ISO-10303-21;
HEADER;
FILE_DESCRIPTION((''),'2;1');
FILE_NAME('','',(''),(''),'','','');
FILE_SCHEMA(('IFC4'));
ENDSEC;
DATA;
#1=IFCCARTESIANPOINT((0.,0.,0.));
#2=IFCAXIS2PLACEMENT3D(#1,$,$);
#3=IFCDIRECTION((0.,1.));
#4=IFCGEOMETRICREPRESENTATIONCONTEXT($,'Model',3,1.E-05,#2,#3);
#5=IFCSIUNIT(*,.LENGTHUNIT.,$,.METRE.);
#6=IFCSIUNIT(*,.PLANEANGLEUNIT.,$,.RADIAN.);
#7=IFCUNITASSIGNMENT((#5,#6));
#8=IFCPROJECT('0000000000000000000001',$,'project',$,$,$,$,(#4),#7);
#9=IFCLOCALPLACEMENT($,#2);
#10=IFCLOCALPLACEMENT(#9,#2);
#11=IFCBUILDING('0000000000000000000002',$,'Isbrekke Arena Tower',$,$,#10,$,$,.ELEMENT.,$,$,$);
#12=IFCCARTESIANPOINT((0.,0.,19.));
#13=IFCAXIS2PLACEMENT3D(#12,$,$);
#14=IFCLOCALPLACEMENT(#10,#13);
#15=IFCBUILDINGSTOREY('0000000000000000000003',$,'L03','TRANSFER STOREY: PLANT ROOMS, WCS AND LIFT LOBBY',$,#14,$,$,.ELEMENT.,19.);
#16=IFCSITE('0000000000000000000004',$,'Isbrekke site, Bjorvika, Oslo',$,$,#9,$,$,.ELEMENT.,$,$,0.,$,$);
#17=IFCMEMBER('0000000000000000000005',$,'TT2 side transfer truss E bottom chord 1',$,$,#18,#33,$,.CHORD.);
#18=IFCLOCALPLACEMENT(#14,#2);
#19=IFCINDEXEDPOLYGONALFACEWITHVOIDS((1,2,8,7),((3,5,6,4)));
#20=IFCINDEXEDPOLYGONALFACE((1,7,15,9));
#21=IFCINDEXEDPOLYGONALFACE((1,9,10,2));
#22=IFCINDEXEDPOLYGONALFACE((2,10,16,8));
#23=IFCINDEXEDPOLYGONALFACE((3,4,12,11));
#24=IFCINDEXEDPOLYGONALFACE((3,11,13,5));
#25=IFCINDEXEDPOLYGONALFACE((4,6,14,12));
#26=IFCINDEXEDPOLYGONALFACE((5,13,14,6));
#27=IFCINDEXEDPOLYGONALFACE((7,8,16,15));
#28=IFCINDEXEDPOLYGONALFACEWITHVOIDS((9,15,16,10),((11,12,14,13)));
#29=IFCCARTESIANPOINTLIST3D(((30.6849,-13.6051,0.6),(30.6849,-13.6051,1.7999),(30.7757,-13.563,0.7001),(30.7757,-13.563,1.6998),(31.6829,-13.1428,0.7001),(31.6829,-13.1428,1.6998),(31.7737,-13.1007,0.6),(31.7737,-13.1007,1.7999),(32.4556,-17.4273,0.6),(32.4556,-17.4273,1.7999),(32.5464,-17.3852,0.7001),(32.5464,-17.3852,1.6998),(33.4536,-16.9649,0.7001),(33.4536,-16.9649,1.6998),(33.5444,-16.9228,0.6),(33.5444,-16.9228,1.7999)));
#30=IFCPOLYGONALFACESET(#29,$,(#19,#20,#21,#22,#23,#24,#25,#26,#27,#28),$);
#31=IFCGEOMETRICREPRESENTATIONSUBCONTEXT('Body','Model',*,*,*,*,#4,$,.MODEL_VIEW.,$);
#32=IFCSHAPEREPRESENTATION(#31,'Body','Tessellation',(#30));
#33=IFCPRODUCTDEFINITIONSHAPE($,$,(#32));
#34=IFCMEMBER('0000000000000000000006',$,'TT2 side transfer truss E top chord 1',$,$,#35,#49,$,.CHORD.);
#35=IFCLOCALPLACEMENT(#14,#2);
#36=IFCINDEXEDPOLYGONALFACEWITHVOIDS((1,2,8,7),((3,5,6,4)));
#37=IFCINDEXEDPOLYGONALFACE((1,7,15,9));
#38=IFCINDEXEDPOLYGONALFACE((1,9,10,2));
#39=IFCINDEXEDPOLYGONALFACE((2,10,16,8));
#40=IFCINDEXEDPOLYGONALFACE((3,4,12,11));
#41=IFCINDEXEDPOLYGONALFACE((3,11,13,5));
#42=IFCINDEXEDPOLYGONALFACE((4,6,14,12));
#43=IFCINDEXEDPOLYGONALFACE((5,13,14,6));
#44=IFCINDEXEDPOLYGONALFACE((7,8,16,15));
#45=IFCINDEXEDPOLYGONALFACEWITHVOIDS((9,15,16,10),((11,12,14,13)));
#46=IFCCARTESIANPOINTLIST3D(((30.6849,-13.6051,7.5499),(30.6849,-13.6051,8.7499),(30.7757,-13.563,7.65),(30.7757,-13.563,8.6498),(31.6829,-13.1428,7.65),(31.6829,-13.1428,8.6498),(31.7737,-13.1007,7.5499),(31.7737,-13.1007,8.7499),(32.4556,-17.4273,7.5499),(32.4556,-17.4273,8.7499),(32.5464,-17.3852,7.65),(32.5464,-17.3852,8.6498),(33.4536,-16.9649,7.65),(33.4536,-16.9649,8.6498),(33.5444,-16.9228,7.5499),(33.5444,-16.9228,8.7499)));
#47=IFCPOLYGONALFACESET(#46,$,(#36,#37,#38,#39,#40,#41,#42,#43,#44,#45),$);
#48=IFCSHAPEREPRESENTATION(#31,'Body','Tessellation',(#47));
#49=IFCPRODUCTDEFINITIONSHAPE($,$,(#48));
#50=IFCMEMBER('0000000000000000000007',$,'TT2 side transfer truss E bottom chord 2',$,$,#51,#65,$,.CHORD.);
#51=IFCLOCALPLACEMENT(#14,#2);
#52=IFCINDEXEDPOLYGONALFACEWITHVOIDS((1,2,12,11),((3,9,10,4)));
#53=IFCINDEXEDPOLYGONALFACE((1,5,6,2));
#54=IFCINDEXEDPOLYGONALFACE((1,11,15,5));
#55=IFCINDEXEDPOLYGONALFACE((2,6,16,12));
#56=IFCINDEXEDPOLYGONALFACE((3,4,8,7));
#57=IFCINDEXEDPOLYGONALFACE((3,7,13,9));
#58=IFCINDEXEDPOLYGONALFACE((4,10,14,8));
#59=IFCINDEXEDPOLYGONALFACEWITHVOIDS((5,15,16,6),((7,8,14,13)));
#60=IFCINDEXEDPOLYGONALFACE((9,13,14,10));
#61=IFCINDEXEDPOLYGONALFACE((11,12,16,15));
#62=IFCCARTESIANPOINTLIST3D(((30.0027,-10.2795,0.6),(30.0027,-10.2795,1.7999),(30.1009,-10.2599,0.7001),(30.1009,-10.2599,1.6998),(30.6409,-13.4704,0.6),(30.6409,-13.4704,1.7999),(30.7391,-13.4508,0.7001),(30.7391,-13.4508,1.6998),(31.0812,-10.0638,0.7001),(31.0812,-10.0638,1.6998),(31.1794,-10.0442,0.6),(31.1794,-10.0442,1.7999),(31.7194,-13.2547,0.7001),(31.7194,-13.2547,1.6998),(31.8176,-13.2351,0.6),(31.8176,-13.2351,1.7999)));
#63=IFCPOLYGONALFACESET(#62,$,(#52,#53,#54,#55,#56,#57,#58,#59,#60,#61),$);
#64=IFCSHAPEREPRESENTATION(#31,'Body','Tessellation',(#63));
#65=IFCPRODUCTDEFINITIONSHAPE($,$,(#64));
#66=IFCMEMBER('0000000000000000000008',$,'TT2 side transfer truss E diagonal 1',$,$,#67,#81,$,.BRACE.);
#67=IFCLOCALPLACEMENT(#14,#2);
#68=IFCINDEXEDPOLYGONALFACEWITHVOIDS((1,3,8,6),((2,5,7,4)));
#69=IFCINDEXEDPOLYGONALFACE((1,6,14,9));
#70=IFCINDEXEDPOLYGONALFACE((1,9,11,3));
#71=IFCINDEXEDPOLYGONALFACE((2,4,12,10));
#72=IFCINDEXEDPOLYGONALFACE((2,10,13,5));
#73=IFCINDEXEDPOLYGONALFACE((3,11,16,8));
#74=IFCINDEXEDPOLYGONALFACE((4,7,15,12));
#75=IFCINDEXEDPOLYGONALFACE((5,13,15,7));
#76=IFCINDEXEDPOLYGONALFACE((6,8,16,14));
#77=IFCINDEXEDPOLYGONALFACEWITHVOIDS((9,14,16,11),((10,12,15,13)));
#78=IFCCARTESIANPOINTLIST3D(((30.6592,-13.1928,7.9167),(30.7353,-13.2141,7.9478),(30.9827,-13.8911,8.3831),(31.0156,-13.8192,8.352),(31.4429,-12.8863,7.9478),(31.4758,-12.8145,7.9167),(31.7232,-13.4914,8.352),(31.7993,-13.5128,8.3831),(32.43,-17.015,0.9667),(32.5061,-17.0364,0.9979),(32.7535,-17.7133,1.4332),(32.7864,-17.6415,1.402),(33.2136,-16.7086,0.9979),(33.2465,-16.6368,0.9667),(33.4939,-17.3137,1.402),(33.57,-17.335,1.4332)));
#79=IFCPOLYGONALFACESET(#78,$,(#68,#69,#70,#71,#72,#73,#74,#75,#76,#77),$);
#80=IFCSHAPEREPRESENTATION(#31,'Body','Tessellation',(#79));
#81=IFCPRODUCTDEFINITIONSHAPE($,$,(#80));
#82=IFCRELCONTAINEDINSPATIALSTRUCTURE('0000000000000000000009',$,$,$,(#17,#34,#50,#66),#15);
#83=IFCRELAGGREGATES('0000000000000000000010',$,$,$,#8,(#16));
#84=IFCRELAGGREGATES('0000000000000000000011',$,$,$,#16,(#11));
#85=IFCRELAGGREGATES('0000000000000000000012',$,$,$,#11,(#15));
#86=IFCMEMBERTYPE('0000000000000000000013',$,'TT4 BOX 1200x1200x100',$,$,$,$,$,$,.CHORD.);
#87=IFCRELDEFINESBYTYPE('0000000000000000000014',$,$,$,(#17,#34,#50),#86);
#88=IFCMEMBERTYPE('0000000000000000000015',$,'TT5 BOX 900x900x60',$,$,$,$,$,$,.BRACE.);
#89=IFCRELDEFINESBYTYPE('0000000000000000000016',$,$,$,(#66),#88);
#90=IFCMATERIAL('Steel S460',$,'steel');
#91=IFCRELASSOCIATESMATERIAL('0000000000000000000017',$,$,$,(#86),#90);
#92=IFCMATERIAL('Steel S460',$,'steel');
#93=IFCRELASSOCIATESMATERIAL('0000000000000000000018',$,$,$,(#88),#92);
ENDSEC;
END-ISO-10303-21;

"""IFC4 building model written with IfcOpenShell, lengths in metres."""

from ifc_helpers import new_model, si_unit, direction, frame, origin, origin_2d, place, context, subcontext, project, spatial, hollow_rectangle, extrude, material, material_profile, profile_set, type_object, element, save


model = new_model("IFC4")

# Units and contexts
model_context = context("Model", 3, precision=1e-05, world=origin(), true_north=direction((0.0, 1.0)))
body_context = subcontext(model_context, "Body", "Model", "MODEL_VIEW")
ifc_project = project(units=[si_unit("LENGTHUNIT", "METRE"), si_unit("PLANEANGLEUNIT", "RADIAN")], contexts=[model_context])

# Site, building, storey
site_placement = place(None, origin())
site = spatial("IfcSite", under=ifc_project, at=site_placement, Name="Isbrekke site, Bjorvika, Oslo", CompositionType="ELEMENT", RefElevation=0.0)
building_placement = place(site_placement, origin())
building = spatial("IfcBuilding", under=site, at=building_placement, Name="Isbrekke Arena Tower", CompositionType="ELEMENT")
storey_placement = place(building_placement, frame((0.0, 0.0, 19.0)))
storey = spatial("IfcBuildingStorey", under=building, at=storey_placement, Name="L03", Description="TRANSFER STOREY: PLANT ROOMS, WCS AND LIFT LOBBY", CompositionType="ELEMENT", Elevation=19.0)

# Members
ifc_material_1 = material(Name="Steel S460", Category="steel")
ifc_material_profile_1 = material_profile(ifc_material_1, hollow_rectangle(XDim=1.2, YDim=1.2, WallThickness=0.1001, at=origin_2d()), Name="BOX 1200x1200x100")
ifc_profile_set_1 = profile_set([ifc_material_profile_1], Name="Steel S460")
member_type_1 = type_object("IfcMemberType", Name="TT4 BOX 1200x1200x100", PredefinedType="CHORD", material=ifc_profile_set_1)
for number, where, z_axis, x_axis, name in (
    (1, (33.0, -17.175, 1.2), (-0.420355, 0.90736, 0.0), (-0.90736, -0.420355, 0.0), "TT2 side transfer truss E bottom chord 1"),
    (2, (33.0, -17.175, 8.1499), (-0.420355, 0.90736, 0.0), (-0.90736, -0.420355, 0.0), "TT2 side transfer truss E top chord 1"),
):
    element("IfcMember", number, at=place(storey_placement, frame(where, z_axis=z_axis, x_axis=x_axis)), inside=storey, type_object=member_type_1, Name=name, PredefinedType="CHORD", context=body_context, shape_type="SweptSolid", body=[
        extrude(hollow_rectangle(XDim=1.2, YDim=1.2, WallThickness=0.1001, at=origin_2d()), origin(), (0.0, 0.0, 1.0), 4.2124),
    ])
member_1_placement = place(storey_placement, frame((31.2292, -13.3528, 1.2), z_axis=(-0.196116, 0.980581, 0.0), x_axis=(-0.980581, -0.196116, 0.0)))
element("IfcMember", 3, at=member_1_placement, inside=storey, type_object=member_type_1, Name="TT2 side transfer truss E bottom chord 2", PredefinedType="CHORD", context=body_context, shape_type="SweptSolid", body=[
    extrude(hollow_rectangle(XDim=1.2, YDim=1.2, WallThickness=0.1001, at=origin_2d()), origin(), (0.0, 0.0, 1.0), 3.2542),
])
ifc_material_2 = material(Name="Steel S460", Category="steel")
ifc_material_profile_2 = material_profile(ifc_material_2, hollow_rectangle(XDim=0.8999, YDim=0.8999, WallThickness=0.0601, at=origin_2d()), Name="BOX 900x900x60")
ifc_profile_set_2 = profile_set([ifc_material_profile_2], Name="Steel S460")
member_type_2 = type_object("IfcMemberType", Name="TT5 BOX 900x900x60", PredefinedType="BRACE", material=ifc_profile_set_2)
member_2_placement = place(storey_placement, frame((33.0, -17.175, 1.2), z_axis=(-0.217887, 0.470321, 0.855175), x_axis=(-0.90736, -0.420355, 0.0)))
element("IfcMember", 4, at=member_2_placement, inside=storey, type_object=member_type_2, Name="TT2 side transfer truss E diagonal 1", PredefinedType="BRACE", context=body_context, shape_type="SweptSolid", body=[
    extrude(hollow_rectangle(XDim=0.8999, YDim=0.8999, WallThickness=0.0601, at=origin_2d()), origin(), (0.0, 0.0, 1.0), 8.127),
])

save(model, "model.ifc")
